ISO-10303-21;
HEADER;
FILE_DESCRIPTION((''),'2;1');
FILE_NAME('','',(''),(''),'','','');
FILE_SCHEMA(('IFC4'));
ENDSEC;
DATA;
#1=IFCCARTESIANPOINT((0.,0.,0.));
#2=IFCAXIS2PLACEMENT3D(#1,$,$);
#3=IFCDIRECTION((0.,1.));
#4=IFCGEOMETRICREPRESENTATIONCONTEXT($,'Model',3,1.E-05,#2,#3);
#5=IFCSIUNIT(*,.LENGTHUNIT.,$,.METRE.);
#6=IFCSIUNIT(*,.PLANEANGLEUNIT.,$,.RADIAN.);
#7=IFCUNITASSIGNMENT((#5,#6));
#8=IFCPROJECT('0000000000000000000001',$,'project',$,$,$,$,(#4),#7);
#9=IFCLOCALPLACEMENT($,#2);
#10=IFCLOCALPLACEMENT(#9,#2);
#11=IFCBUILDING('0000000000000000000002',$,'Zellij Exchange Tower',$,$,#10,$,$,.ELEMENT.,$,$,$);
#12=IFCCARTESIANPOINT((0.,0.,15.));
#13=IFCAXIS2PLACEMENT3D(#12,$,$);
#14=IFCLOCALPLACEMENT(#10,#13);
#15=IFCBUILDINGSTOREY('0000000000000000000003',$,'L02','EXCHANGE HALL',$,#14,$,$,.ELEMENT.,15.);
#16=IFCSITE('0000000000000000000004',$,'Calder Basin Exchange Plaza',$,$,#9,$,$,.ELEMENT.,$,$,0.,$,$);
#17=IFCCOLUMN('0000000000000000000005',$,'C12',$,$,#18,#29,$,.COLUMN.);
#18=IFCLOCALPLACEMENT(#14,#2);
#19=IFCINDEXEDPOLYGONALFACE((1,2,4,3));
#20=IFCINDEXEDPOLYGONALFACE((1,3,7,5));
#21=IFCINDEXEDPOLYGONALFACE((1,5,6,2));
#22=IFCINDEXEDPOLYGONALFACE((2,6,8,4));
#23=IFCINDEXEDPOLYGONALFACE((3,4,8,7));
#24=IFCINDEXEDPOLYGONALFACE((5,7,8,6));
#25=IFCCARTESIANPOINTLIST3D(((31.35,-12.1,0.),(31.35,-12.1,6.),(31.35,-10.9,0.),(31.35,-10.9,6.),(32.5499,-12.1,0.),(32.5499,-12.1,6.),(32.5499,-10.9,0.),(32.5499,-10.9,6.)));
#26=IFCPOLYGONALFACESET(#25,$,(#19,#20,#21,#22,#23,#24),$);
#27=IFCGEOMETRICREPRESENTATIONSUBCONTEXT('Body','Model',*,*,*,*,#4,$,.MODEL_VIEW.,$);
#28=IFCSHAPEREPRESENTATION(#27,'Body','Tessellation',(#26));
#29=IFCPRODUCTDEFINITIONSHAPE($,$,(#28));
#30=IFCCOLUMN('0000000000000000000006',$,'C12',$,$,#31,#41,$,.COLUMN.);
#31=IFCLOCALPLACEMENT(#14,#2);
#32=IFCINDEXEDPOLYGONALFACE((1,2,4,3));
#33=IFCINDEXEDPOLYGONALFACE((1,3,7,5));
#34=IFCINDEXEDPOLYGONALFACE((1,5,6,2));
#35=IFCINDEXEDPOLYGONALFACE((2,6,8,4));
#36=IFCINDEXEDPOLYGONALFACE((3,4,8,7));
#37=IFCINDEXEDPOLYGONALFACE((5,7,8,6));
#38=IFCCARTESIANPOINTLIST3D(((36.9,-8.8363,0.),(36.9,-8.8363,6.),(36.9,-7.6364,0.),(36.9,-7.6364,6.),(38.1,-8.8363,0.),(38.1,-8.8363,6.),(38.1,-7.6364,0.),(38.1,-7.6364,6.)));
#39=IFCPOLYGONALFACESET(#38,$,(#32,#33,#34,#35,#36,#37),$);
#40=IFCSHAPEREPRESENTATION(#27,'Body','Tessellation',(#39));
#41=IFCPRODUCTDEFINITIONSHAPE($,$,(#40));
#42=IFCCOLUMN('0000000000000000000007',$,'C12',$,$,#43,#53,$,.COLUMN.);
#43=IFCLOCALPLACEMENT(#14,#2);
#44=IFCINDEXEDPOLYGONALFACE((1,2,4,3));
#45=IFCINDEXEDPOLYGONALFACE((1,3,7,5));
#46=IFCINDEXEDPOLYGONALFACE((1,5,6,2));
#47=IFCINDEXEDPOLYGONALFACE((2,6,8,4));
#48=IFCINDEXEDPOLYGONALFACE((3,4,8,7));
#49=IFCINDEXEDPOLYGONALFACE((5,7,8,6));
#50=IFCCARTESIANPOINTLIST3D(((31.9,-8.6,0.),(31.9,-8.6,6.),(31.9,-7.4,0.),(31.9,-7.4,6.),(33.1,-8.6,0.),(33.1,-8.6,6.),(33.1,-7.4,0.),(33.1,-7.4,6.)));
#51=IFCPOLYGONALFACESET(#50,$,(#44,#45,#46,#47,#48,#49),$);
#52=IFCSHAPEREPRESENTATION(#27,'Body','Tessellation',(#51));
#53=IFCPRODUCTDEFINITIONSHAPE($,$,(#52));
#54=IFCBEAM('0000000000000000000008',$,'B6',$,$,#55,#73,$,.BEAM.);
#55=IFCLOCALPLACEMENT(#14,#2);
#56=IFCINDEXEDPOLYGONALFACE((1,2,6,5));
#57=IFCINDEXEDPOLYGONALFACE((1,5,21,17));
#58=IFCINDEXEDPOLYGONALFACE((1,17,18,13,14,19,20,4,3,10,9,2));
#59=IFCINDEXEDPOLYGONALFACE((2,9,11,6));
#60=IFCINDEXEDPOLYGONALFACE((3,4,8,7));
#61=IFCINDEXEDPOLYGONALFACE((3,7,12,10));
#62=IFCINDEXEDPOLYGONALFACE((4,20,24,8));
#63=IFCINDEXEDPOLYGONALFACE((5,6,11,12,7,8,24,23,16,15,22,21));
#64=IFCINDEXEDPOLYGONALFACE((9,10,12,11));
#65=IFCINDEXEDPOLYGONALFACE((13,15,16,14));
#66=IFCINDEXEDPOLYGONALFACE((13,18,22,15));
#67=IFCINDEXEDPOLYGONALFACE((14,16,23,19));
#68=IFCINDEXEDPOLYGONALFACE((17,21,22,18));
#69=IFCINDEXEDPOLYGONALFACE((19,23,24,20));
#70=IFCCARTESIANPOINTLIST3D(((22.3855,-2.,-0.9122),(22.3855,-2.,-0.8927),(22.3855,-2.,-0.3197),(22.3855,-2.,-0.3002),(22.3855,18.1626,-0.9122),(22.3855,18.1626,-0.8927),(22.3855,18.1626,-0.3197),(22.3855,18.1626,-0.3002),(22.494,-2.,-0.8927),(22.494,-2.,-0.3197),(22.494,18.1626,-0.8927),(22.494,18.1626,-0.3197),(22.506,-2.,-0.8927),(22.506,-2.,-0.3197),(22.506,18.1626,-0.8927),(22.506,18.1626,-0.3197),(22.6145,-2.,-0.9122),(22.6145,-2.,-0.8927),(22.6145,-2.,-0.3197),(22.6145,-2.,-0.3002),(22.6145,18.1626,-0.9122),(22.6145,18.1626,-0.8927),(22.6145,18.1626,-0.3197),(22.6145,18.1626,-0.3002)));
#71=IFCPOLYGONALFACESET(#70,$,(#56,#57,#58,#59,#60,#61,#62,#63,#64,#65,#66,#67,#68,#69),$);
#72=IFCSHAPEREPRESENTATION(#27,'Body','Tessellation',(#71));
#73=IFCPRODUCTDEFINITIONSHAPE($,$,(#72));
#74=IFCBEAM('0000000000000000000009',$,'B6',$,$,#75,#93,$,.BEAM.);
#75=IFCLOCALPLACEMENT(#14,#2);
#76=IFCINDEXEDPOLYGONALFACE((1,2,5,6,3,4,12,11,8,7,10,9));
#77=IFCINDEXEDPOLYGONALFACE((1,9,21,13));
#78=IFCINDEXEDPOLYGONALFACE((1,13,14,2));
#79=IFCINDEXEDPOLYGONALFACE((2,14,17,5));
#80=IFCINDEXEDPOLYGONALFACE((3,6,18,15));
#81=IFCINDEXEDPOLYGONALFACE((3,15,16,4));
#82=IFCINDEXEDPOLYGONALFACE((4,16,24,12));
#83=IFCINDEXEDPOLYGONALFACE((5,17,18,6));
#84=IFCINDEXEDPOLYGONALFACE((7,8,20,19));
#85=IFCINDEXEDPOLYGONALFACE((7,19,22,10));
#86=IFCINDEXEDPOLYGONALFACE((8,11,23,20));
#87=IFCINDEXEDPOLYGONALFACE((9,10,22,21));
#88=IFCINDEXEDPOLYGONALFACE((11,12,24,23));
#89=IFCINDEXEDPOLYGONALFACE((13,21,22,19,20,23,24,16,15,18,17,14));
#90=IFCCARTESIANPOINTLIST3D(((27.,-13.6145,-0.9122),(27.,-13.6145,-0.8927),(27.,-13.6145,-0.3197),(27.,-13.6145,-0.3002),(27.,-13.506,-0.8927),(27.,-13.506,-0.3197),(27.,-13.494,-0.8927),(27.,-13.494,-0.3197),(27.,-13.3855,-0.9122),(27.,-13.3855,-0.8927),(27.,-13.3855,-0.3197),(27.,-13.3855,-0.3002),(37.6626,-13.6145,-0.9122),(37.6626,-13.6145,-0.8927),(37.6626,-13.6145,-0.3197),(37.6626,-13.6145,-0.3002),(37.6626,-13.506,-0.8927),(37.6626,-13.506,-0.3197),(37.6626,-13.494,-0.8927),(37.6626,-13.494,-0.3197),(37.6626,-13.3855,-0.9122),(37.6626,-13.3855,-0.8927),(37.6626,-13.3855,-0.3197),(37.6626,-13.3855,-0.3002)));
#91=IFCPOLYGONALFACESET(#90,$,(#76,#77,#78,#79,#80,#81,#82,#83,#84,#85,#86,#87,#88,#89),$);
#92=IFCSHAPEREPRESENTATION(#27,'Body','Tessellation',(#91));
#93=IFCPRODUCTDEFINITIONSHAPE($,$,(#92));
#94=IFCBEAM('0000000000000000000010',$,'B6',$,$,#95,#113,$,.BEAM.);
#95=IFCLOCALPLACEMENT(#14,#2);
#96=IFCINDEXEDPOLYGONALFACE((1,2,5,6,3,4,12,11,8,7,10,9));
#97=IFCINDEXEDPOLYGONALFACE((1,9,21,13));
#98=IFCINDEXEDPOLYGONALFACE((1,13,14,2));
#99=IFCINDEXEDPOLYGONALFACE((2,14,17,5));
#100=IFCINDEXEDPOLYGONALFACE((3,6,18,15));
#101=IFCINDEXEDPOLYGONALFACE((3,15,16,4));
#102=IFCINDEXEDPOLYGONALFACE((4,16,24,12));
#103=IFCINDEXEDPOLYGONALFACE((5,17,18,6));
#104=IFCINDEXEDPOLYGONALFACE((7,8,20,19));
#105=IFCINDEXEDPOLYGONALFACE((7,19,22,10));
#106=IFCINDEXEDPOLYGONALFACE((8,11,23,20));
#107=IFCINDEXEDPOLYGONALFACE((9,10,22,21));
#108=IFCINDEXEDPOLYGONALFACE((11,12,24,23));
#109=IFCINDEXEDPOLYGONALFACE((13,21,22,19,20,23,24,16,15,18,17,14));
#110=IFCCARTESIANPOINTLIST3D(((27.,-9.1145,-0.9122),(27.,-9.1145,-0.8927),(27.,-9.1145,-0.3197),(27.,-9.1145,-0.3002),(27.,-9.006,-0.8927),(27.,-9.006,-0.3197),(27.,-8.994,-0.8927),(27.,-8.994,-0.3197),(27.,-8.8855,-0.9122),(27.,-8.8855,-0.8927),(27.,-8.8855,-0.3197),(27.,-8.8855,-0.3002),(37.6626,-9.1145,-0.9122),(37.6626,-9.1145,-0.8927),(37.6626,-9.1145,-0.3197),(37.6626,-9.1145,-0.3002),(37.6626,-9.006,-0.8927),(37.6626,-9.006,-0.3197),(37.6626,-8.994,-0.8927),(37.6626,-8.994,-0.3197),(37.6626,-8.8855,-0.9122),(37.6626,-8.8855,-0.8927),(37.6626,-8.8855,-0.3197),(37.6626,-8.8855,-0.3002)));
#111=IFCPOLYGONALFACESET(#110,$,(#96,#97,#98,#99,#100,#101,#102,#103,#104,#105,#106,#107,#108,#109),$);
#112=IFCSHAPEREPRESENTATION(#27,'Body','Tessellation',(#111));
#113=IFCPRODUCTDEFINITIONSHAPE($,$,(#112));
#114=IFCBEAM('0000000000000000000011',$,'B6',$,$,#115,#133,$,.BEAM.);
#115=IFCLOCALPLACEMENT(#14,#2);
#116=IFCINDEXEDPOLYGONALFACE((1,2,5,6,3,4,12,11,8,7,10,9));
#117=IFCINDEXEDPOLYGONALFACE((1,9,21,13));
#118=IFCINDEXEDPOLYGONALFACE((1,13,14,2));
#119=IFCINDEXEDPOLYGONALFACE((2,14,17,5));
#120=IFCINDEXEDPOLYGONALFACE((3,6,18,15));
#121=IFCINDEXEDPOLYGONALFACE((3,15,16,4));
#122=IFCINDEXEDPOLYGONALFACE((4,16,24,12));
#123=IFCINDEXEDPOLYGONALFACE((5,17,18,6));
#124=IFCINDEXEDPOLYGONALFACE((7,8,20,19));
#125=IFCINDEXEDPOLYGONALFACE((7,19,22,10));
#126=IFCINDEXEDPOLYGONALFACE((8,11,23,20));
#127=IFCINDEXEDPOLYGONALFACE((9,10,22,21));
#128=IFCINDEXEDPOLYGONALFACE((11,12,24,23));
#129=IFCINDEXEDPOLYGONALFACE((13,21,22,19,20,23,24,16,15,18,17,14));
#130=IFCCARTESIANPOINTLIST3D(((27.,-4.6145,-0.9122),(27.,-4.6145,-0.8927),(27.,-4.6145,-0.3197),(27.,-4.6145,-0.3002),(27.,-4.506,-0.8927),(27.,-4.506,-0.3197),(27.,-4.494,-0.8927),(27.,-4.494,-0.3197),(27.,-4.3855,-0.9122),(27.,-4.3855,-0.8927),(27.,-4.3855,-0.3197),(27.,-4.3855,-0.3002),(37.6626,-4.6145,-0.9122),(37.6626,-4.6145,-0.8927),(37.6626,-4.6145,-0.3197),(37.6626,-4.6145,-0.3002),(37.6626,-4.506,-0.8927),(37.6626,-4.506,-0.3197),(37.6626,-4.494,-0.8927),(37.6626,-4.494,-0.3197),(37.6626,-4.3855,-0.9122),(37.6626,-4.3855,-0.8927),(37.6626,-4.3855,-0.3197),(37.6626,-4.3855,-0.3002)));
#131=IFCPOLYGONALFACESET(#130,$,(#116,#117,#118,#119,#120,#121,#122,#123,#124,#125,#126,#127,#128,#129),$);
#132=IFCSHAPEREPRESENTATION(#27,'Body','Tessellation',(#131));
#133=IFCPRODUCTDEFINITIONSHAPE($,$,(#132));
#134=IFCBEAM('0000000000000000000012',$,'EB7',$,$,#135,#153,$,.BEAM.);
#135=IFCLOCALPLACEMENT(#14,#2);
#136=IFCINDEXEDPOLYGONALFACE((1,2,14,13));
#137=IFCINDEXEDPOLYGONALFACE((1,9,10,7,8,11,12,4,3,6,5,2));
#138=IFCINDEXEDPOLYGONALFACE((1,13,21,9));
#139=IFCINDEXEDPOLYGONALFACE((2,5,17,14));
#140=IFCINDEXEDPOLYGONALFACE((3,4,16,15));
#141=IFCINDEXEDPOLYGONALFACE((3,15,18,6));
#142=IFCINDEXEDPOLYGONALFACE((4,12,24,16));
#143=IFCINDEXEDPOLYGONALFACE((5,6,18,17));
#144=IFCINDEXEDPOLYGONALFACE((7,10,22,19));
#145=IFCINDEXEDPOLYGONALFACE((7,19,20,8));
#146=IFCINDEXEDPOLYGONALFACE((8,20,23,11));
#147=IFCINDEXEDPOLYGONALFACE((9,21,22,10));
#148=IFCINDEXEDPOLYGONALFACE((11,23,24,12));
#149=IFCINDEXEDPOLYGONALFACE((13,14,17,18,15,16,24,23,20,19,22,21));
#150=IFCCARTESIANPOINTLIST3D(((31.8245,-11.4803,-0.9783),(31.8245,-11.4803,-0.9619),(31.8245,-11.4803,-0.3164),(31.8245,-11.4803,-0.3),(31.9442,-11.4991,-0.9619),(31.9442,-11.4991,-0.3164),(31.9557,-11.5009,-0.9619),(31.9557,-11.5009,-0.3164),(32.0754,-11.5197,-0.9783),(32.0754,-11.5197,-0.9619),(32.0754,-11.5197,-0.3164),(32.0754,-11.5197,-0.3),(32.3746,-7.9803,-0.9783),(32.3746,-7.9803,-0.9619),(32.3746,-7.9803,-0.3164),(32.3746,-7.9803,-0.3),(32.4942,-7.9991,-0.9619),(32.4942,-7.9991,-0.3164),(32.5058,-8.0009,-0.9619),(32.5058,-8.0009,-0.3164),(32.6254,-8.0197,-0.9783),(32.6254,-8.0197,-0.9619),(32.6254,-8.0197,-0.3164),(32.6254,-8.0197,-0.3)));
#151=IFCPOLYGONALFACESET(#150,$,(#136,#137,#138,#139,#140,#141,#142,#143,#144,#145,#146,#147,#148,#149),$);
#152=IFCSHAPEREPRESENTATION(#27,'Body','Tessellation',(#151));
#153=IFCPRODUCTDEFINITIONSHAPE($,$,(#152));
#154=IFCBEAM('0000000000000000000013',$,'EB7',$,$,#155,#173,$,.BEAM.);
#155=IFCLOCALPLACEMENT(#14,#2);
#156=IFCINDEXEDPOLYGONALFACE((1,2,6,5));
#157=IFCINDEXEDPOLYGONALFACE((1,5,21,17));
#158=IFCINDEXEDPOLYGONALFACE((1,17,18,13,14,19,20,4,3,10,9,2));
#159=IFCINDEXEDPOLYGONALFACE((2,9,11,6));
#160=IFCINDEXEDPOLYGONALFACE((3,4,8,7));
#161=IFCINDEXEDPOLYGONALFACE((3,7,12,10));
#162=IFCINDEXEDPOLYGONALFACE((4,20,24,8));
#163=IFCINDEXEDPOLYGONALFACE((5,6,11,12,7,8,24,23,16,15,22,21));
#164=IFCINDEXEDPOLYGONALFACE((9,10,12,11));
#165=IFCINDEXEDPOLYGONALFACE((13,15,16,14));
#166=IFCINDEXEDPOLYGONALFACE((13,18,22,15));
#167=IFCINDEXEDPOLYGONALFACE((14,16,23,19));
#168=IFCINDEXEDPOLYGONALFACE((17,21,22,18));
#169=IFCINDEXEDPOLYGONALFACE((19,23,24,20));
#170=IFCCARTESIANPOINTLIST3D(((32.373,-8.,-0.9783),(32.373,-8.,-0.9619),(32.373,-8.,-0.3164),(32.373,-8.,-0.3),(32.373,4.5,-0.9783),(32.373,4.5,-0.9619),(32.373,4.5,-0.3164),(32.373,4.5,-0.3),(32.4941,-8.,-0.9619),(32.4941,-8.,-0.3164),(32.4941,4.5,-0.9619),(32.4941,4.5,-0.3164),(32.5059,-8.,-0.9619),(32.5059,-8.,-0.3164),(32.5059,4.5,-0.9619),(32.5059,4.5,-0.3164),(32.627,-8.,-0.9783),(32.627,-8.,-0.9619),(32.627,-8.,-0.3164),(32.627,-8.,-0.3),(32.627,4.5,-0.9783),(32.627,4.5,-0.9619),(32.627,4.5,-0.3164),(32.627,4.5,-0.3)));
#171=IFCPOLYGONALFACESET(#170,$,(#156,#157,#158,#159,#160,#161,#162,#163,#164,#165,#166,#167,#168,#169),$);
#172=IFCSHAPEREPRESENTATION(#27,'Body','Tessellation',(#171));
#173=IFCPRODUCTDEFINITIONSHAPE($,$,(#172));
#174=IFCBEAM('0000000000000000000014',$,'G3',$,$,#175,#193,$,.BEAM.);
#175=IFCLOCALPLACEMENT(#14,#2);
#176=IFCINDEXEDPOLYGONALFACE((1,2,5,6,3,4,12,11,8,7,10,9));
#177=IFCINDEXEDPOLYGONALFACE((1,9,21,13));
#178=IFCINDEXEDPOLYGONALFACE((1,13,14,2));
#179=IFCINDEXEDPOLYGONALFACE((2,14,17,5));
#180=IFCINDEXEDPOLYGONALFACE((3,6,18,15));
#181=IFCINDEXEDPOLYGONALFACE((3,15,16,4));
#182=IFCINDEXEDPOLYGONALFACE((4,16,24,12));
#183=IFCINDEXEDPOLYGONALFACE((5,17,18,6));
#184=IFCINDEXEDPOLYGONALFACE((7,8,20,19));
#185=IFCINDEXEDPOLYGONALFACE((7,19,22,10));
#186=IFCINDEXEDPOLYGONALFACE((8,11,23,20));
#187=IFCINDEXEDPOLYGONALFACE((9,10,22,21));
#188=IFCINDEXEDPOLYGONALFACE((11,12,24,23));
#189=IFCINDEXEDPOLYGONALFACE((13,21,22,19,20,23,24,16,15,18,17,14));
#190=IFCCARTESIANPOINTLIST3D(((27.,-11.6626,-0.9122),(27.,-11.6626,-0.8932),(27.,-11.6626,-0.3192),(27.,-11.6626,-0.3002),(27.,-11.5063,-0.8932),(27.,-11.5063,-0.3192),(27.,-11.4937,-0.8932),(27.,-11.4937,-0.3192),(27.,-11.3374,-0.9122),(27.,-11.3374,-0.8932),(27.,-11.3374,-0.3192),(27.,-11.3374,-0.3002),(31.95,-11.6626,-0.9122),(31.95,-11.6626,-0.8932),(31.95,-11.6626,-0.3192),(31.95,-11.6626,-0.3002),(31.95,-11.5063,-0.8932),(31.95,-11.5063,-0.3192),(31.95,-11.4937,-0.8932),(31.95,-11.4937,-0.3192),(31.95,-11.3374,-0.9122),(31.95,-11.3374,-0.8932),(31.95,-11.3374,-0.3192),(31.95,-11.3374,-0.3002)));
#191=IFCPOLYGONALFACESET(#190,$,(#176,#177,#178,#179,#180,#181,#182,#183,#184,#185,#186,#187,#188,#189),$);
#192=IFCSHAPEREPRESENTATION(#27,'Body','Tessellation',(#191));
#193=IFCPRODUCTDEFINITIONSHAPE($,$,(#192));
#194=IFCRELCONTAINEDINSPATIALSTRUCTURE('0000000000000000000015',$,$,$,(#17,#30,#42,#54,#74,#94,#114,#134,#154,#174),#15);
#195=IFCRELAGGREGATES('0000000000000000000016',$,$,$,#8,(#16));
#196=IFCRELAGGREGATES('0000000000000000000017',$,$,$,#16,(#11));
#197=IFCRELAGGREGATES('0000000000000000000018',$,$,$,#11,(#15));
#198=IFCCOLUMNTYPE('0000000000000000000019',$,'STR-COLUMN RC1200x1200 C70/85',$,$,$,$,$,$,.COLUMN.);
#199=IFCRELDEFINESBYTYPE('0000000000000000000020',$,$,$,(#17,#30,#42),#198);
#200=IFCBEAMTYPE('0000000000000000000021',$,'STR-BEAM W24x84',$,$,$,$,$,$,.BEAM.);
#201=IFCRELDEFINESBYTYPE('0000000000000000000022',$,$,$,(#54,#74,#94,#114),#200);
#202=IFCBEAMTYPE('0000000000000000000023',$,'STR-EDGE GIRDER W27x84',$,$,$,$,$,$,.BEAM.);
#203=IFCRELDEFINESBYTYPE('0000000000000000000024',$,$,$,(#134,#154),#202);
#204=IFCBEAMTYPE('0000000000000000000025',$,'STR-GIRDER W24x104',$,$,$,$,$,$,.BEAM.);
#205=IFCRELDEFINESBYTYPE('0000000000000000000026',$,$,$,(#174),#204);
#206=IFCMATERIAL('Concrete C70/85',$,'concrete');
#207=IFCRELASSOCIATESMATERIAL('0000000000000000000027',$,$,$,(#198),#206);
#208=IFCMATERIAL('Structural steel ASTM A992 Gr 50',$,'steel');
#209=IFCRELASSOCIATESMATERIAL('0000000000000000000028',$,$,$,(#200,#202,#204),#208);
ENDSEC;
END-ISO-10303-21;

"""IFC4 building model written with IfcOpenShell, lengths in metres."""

from ifc_helpers import new_model, si_unit, direction, frame, origin, origin_2d, place, context, subcontext, project, spatial, rectangle, i_section, extrude, material, material_profile, profile_set, type_object, element, save


model = new_model("IFC4")

# Units and contexts
model_context = context("Model", 3, precision=1e-05, world=origin(), true_north=direction((0.0, 1.0)))
body_context = subcontext(model_context, "Body", "Model", "MODEL_VIEW")
ifc_project = project(units=[si_unit("LENGTHUNIT", "METRE"), si_unit("PLANEANGLEUNIT", "RADIAN")], contexts=[model_context])

# Site, building, storey
site_placement = place(None, origin())
site = spatial("IfcSite", under=ifc_project, at=site_placement, Name="Calder Basin Exchange Plaza", CompositionType="ELEMENT", RefElevation=0.0)
building_placement = place(site_placement, origin())
building = spatial("IfcBuilding", under=site, at=building_placement, Name="Zellij Exchange Tower", CompositionType="ELEMENT")
storey_placement = place(building_placement, frame((0.0, 0.0, 15.0)))
storey = spatial("IfcBuildingStorey", under=building, at=storey_placement, Name="L02", Description="EXCHANGE HALL", CompositionType="ELEMENT", Elevation=15.0)

# Columns
ifc_material_1 = material(Name="Concrete C70/85", Category="concrete")
ifc_material_profile_1 = material_profile(ifc_material_1, rectangle(XDim=1.2, YDim=1.2, at=origin_2d()), Name="STR-COLUMN RC1200x1200 C70/85")
ifc_profile_set_1 = profile_set([ifc_material_profile_1], Name="Concrete C70/85")
column_type = type_object("IfcColumnType", Name="STR-COLUMN RC1200x1200 C70/85", PredefinedType="COLUMN", material=ifc_profile_set_1)
for number, where, z_axis, x_axis, name in (
    (1, (31.95, -11.5, 0.0), (0.0, 0.0, 1.0), (1.0, 0.0, 0.0), "C12"),
    (2, (37.5, -8.2363, 0.0), (0.0, 0.0, 1.0), (1.0, 0.0, 0.0), "C12"),
    (3, (32.5, -8.0, 0.0), (0.0, 0.0, 1.0), (1.0, 0.0, 0.0), "C12"),
):
    element("IfcColumn", number, at=place(storey_placement, frame(where, z_axis=z_axis, x_axis=x_axis)), inside=storey, type_object=column_type, Name=name, PredefinedType="COLUMN", context=body_context, shape_type="SweptSolid", body=[
        extrude(rectangle(XDim=1.2, YDim=1.2, at=origin_2d()), origin(), (0.0, 0.0, 1.0), 6.0),
    ])

# Beams
ifc_material_2 = material(Name="Structural steel ASTM A992 Gr 50", Category="steel")
ifc_material_profile_2 = material_profile(ifc_material_2, i_section(OverallWidth=0.229, OverallDepth=0.6121, WebThickness=0.012, FlangeThickness=0.0195, at=origin_2d()), Name="W24x84")
ifc_profile_set_2 = profile_set([ifc_material_profile_2], Name="Structural steel ASTM A992 Gr 50")
beam_type_1 = type_object("IfcBeamType", Name="STR-BEAM W24x84", PredefinedType="BEAM", material=ifc_profile_set_2)
beam_1_placement = place(storey_placement, frame((22.5, -2.0, -0.6062), z_axis=(0.0, 1.0, 0.0), x_axis=(-1.0, 0.0, 0.0)))
element("IfcBeam", 4, at=beam_1_placement, inside=storey, type_object=beam_type_1, Name="B6", PredefinedType="BEAM", context=body_context, shape_type="SweptSolid", body=[
    extrude(i_section(OverallWidth=0.229, OverallDepth=0.6121, WebThickness=0.012, FlangeThickness=0.0195, at=origin_2d()), origin(), (0.0, 0.0, 1.0), 20.1626),
])
for number, where, z_axis, x_axis, name in (
    (5, (27.0, -13.5, -0.6062), (1.0, 0.0, 0.0), (0.0, 1.0, 0.0), "B6"),
    (6, (27.0, -9.0, -0.6062), (1.0, 0.0, 0.0), (0.0, 1.0, 0.0), "B6"),
    (7, (27.0, -4.5, -0.6062), (1.0, 0.0, 0.0), (0.0, 1.0, 0.0), "B6"),
):
    element("IfcBeam", number, at=place(storey_placement, frame(where, z_axis=z_axis, x_axis=x_axis)), inside=storey, type_object=beam_type_1, Name=name, PredefinedType="BEAM", context=body_context, shape_type="SweptSolid", body=[
        extrude(i_section(OverallWidth=0.229, OverallDepth=0.6121, WebThickness=0.012, FlangeThickness=0.0195, at=origin_2d()), origin(), (0.0, 0.0, 1.0), 10.6626),
    ])
ifc_material_profile_3 = material_profile(ifc_material_2, i_section(OverallWidth=0.2539, OverallDepth=0.6782, WebThickness=0.0117, FlangeThickness=0.0164, at=origin_2d()), Name="W27x84")
ifc_profile_set_3 = profile_set([ifc_material_profile_3], Name="Structural steel ASTM A992 Gr 50")
beam_type_2 = type_object("IfcBeamType", Name="STR-EDGE GIRDER W27x84", PredefinedType="BEAM", material=ifc_profile_set_3)
beam_2_placement = place(storey_placement, frame((31.95, -11.5, -0.6392), z_axis=(0.155251, 0.987875, 0.0), x_axis=(-0.987875, 0.155251, 0.0)))
element("IfcBeam", 8, at=beam_2_placement, inside=storey, type_object=beam_type_2, Name="EB7", PredefinedType="BEAM", context=body_context, shape_type="SweptSolid", body=[
    extrude(i_section(OverallWidth=0.2539, OverallDepth=0.6782, WebThickness=0.0117, FlangeThickness=0.0164, at=origin_2d()), origin(), (0.0, 0.0, 1.0), 3.543),
])
beam_3_placement = place(storey_placement, frame((32.5, -8.0, -0.6392), z_axis=(0.0, 1.0, 0.0), x_axis=(-1.0, 0.0, 0.0)))
element("IfcBeam", 9, at=beam_3_placement, inside=storey, type_object=beam_type_2, Name="EB7", PredefinedType="BEAM", context=body_context, shape_type="SweptSolid", body=[
    extrude(i_section(OverallWidth=0.2539, OverallDepth=0.6782, WebThickness=0.0117, FlangeThickness=0.0164, at=origin_2d()), origin(), (0.0, 0.0, 1.0), 12.5),
])
ifc_material_profile_4 = material_profile(ifc_material_2, i_section(OverallWidth=0.3252, OverallDepth=0.6121, WebThickness=0.0127, FlangeThickness=0.019, at=origin_2d()), Name="W24x104")
ifc_profile_set_4 = profile_set([ifc_material_profile_4], Name="Structural steel ASTM A992 Gr 50")
beam_type_3 = type_object("IfcBeamType", Name="STR-GIRDER W24x104", PredefinedType="BEAM", material=ifc_profile_set_4)
beam_4_placement = place(storey_placement, frame((27.0, -11.5, -0.6062), z_axis=(1.0, 0.0, 0.0), x_axis=(0.0, 1.0, 0.0)))
element("IfcBeam", 10, at=beam_4_placement, inside=storey, type_object=beam_type_3, Name="G3", PredefinedType="BEAM", context=body_context, shape_type="SweptSolid", body=[
    extrude(i_section(OverallWidth=0.3252, OverallDepth=0.6121, WebThickness=0.0127, FlangeThickness=0.019, at=origin_2d()), origin(), (0.0, 0.0, 1.0), 4.95),
])

save(model, "model.ifc")
